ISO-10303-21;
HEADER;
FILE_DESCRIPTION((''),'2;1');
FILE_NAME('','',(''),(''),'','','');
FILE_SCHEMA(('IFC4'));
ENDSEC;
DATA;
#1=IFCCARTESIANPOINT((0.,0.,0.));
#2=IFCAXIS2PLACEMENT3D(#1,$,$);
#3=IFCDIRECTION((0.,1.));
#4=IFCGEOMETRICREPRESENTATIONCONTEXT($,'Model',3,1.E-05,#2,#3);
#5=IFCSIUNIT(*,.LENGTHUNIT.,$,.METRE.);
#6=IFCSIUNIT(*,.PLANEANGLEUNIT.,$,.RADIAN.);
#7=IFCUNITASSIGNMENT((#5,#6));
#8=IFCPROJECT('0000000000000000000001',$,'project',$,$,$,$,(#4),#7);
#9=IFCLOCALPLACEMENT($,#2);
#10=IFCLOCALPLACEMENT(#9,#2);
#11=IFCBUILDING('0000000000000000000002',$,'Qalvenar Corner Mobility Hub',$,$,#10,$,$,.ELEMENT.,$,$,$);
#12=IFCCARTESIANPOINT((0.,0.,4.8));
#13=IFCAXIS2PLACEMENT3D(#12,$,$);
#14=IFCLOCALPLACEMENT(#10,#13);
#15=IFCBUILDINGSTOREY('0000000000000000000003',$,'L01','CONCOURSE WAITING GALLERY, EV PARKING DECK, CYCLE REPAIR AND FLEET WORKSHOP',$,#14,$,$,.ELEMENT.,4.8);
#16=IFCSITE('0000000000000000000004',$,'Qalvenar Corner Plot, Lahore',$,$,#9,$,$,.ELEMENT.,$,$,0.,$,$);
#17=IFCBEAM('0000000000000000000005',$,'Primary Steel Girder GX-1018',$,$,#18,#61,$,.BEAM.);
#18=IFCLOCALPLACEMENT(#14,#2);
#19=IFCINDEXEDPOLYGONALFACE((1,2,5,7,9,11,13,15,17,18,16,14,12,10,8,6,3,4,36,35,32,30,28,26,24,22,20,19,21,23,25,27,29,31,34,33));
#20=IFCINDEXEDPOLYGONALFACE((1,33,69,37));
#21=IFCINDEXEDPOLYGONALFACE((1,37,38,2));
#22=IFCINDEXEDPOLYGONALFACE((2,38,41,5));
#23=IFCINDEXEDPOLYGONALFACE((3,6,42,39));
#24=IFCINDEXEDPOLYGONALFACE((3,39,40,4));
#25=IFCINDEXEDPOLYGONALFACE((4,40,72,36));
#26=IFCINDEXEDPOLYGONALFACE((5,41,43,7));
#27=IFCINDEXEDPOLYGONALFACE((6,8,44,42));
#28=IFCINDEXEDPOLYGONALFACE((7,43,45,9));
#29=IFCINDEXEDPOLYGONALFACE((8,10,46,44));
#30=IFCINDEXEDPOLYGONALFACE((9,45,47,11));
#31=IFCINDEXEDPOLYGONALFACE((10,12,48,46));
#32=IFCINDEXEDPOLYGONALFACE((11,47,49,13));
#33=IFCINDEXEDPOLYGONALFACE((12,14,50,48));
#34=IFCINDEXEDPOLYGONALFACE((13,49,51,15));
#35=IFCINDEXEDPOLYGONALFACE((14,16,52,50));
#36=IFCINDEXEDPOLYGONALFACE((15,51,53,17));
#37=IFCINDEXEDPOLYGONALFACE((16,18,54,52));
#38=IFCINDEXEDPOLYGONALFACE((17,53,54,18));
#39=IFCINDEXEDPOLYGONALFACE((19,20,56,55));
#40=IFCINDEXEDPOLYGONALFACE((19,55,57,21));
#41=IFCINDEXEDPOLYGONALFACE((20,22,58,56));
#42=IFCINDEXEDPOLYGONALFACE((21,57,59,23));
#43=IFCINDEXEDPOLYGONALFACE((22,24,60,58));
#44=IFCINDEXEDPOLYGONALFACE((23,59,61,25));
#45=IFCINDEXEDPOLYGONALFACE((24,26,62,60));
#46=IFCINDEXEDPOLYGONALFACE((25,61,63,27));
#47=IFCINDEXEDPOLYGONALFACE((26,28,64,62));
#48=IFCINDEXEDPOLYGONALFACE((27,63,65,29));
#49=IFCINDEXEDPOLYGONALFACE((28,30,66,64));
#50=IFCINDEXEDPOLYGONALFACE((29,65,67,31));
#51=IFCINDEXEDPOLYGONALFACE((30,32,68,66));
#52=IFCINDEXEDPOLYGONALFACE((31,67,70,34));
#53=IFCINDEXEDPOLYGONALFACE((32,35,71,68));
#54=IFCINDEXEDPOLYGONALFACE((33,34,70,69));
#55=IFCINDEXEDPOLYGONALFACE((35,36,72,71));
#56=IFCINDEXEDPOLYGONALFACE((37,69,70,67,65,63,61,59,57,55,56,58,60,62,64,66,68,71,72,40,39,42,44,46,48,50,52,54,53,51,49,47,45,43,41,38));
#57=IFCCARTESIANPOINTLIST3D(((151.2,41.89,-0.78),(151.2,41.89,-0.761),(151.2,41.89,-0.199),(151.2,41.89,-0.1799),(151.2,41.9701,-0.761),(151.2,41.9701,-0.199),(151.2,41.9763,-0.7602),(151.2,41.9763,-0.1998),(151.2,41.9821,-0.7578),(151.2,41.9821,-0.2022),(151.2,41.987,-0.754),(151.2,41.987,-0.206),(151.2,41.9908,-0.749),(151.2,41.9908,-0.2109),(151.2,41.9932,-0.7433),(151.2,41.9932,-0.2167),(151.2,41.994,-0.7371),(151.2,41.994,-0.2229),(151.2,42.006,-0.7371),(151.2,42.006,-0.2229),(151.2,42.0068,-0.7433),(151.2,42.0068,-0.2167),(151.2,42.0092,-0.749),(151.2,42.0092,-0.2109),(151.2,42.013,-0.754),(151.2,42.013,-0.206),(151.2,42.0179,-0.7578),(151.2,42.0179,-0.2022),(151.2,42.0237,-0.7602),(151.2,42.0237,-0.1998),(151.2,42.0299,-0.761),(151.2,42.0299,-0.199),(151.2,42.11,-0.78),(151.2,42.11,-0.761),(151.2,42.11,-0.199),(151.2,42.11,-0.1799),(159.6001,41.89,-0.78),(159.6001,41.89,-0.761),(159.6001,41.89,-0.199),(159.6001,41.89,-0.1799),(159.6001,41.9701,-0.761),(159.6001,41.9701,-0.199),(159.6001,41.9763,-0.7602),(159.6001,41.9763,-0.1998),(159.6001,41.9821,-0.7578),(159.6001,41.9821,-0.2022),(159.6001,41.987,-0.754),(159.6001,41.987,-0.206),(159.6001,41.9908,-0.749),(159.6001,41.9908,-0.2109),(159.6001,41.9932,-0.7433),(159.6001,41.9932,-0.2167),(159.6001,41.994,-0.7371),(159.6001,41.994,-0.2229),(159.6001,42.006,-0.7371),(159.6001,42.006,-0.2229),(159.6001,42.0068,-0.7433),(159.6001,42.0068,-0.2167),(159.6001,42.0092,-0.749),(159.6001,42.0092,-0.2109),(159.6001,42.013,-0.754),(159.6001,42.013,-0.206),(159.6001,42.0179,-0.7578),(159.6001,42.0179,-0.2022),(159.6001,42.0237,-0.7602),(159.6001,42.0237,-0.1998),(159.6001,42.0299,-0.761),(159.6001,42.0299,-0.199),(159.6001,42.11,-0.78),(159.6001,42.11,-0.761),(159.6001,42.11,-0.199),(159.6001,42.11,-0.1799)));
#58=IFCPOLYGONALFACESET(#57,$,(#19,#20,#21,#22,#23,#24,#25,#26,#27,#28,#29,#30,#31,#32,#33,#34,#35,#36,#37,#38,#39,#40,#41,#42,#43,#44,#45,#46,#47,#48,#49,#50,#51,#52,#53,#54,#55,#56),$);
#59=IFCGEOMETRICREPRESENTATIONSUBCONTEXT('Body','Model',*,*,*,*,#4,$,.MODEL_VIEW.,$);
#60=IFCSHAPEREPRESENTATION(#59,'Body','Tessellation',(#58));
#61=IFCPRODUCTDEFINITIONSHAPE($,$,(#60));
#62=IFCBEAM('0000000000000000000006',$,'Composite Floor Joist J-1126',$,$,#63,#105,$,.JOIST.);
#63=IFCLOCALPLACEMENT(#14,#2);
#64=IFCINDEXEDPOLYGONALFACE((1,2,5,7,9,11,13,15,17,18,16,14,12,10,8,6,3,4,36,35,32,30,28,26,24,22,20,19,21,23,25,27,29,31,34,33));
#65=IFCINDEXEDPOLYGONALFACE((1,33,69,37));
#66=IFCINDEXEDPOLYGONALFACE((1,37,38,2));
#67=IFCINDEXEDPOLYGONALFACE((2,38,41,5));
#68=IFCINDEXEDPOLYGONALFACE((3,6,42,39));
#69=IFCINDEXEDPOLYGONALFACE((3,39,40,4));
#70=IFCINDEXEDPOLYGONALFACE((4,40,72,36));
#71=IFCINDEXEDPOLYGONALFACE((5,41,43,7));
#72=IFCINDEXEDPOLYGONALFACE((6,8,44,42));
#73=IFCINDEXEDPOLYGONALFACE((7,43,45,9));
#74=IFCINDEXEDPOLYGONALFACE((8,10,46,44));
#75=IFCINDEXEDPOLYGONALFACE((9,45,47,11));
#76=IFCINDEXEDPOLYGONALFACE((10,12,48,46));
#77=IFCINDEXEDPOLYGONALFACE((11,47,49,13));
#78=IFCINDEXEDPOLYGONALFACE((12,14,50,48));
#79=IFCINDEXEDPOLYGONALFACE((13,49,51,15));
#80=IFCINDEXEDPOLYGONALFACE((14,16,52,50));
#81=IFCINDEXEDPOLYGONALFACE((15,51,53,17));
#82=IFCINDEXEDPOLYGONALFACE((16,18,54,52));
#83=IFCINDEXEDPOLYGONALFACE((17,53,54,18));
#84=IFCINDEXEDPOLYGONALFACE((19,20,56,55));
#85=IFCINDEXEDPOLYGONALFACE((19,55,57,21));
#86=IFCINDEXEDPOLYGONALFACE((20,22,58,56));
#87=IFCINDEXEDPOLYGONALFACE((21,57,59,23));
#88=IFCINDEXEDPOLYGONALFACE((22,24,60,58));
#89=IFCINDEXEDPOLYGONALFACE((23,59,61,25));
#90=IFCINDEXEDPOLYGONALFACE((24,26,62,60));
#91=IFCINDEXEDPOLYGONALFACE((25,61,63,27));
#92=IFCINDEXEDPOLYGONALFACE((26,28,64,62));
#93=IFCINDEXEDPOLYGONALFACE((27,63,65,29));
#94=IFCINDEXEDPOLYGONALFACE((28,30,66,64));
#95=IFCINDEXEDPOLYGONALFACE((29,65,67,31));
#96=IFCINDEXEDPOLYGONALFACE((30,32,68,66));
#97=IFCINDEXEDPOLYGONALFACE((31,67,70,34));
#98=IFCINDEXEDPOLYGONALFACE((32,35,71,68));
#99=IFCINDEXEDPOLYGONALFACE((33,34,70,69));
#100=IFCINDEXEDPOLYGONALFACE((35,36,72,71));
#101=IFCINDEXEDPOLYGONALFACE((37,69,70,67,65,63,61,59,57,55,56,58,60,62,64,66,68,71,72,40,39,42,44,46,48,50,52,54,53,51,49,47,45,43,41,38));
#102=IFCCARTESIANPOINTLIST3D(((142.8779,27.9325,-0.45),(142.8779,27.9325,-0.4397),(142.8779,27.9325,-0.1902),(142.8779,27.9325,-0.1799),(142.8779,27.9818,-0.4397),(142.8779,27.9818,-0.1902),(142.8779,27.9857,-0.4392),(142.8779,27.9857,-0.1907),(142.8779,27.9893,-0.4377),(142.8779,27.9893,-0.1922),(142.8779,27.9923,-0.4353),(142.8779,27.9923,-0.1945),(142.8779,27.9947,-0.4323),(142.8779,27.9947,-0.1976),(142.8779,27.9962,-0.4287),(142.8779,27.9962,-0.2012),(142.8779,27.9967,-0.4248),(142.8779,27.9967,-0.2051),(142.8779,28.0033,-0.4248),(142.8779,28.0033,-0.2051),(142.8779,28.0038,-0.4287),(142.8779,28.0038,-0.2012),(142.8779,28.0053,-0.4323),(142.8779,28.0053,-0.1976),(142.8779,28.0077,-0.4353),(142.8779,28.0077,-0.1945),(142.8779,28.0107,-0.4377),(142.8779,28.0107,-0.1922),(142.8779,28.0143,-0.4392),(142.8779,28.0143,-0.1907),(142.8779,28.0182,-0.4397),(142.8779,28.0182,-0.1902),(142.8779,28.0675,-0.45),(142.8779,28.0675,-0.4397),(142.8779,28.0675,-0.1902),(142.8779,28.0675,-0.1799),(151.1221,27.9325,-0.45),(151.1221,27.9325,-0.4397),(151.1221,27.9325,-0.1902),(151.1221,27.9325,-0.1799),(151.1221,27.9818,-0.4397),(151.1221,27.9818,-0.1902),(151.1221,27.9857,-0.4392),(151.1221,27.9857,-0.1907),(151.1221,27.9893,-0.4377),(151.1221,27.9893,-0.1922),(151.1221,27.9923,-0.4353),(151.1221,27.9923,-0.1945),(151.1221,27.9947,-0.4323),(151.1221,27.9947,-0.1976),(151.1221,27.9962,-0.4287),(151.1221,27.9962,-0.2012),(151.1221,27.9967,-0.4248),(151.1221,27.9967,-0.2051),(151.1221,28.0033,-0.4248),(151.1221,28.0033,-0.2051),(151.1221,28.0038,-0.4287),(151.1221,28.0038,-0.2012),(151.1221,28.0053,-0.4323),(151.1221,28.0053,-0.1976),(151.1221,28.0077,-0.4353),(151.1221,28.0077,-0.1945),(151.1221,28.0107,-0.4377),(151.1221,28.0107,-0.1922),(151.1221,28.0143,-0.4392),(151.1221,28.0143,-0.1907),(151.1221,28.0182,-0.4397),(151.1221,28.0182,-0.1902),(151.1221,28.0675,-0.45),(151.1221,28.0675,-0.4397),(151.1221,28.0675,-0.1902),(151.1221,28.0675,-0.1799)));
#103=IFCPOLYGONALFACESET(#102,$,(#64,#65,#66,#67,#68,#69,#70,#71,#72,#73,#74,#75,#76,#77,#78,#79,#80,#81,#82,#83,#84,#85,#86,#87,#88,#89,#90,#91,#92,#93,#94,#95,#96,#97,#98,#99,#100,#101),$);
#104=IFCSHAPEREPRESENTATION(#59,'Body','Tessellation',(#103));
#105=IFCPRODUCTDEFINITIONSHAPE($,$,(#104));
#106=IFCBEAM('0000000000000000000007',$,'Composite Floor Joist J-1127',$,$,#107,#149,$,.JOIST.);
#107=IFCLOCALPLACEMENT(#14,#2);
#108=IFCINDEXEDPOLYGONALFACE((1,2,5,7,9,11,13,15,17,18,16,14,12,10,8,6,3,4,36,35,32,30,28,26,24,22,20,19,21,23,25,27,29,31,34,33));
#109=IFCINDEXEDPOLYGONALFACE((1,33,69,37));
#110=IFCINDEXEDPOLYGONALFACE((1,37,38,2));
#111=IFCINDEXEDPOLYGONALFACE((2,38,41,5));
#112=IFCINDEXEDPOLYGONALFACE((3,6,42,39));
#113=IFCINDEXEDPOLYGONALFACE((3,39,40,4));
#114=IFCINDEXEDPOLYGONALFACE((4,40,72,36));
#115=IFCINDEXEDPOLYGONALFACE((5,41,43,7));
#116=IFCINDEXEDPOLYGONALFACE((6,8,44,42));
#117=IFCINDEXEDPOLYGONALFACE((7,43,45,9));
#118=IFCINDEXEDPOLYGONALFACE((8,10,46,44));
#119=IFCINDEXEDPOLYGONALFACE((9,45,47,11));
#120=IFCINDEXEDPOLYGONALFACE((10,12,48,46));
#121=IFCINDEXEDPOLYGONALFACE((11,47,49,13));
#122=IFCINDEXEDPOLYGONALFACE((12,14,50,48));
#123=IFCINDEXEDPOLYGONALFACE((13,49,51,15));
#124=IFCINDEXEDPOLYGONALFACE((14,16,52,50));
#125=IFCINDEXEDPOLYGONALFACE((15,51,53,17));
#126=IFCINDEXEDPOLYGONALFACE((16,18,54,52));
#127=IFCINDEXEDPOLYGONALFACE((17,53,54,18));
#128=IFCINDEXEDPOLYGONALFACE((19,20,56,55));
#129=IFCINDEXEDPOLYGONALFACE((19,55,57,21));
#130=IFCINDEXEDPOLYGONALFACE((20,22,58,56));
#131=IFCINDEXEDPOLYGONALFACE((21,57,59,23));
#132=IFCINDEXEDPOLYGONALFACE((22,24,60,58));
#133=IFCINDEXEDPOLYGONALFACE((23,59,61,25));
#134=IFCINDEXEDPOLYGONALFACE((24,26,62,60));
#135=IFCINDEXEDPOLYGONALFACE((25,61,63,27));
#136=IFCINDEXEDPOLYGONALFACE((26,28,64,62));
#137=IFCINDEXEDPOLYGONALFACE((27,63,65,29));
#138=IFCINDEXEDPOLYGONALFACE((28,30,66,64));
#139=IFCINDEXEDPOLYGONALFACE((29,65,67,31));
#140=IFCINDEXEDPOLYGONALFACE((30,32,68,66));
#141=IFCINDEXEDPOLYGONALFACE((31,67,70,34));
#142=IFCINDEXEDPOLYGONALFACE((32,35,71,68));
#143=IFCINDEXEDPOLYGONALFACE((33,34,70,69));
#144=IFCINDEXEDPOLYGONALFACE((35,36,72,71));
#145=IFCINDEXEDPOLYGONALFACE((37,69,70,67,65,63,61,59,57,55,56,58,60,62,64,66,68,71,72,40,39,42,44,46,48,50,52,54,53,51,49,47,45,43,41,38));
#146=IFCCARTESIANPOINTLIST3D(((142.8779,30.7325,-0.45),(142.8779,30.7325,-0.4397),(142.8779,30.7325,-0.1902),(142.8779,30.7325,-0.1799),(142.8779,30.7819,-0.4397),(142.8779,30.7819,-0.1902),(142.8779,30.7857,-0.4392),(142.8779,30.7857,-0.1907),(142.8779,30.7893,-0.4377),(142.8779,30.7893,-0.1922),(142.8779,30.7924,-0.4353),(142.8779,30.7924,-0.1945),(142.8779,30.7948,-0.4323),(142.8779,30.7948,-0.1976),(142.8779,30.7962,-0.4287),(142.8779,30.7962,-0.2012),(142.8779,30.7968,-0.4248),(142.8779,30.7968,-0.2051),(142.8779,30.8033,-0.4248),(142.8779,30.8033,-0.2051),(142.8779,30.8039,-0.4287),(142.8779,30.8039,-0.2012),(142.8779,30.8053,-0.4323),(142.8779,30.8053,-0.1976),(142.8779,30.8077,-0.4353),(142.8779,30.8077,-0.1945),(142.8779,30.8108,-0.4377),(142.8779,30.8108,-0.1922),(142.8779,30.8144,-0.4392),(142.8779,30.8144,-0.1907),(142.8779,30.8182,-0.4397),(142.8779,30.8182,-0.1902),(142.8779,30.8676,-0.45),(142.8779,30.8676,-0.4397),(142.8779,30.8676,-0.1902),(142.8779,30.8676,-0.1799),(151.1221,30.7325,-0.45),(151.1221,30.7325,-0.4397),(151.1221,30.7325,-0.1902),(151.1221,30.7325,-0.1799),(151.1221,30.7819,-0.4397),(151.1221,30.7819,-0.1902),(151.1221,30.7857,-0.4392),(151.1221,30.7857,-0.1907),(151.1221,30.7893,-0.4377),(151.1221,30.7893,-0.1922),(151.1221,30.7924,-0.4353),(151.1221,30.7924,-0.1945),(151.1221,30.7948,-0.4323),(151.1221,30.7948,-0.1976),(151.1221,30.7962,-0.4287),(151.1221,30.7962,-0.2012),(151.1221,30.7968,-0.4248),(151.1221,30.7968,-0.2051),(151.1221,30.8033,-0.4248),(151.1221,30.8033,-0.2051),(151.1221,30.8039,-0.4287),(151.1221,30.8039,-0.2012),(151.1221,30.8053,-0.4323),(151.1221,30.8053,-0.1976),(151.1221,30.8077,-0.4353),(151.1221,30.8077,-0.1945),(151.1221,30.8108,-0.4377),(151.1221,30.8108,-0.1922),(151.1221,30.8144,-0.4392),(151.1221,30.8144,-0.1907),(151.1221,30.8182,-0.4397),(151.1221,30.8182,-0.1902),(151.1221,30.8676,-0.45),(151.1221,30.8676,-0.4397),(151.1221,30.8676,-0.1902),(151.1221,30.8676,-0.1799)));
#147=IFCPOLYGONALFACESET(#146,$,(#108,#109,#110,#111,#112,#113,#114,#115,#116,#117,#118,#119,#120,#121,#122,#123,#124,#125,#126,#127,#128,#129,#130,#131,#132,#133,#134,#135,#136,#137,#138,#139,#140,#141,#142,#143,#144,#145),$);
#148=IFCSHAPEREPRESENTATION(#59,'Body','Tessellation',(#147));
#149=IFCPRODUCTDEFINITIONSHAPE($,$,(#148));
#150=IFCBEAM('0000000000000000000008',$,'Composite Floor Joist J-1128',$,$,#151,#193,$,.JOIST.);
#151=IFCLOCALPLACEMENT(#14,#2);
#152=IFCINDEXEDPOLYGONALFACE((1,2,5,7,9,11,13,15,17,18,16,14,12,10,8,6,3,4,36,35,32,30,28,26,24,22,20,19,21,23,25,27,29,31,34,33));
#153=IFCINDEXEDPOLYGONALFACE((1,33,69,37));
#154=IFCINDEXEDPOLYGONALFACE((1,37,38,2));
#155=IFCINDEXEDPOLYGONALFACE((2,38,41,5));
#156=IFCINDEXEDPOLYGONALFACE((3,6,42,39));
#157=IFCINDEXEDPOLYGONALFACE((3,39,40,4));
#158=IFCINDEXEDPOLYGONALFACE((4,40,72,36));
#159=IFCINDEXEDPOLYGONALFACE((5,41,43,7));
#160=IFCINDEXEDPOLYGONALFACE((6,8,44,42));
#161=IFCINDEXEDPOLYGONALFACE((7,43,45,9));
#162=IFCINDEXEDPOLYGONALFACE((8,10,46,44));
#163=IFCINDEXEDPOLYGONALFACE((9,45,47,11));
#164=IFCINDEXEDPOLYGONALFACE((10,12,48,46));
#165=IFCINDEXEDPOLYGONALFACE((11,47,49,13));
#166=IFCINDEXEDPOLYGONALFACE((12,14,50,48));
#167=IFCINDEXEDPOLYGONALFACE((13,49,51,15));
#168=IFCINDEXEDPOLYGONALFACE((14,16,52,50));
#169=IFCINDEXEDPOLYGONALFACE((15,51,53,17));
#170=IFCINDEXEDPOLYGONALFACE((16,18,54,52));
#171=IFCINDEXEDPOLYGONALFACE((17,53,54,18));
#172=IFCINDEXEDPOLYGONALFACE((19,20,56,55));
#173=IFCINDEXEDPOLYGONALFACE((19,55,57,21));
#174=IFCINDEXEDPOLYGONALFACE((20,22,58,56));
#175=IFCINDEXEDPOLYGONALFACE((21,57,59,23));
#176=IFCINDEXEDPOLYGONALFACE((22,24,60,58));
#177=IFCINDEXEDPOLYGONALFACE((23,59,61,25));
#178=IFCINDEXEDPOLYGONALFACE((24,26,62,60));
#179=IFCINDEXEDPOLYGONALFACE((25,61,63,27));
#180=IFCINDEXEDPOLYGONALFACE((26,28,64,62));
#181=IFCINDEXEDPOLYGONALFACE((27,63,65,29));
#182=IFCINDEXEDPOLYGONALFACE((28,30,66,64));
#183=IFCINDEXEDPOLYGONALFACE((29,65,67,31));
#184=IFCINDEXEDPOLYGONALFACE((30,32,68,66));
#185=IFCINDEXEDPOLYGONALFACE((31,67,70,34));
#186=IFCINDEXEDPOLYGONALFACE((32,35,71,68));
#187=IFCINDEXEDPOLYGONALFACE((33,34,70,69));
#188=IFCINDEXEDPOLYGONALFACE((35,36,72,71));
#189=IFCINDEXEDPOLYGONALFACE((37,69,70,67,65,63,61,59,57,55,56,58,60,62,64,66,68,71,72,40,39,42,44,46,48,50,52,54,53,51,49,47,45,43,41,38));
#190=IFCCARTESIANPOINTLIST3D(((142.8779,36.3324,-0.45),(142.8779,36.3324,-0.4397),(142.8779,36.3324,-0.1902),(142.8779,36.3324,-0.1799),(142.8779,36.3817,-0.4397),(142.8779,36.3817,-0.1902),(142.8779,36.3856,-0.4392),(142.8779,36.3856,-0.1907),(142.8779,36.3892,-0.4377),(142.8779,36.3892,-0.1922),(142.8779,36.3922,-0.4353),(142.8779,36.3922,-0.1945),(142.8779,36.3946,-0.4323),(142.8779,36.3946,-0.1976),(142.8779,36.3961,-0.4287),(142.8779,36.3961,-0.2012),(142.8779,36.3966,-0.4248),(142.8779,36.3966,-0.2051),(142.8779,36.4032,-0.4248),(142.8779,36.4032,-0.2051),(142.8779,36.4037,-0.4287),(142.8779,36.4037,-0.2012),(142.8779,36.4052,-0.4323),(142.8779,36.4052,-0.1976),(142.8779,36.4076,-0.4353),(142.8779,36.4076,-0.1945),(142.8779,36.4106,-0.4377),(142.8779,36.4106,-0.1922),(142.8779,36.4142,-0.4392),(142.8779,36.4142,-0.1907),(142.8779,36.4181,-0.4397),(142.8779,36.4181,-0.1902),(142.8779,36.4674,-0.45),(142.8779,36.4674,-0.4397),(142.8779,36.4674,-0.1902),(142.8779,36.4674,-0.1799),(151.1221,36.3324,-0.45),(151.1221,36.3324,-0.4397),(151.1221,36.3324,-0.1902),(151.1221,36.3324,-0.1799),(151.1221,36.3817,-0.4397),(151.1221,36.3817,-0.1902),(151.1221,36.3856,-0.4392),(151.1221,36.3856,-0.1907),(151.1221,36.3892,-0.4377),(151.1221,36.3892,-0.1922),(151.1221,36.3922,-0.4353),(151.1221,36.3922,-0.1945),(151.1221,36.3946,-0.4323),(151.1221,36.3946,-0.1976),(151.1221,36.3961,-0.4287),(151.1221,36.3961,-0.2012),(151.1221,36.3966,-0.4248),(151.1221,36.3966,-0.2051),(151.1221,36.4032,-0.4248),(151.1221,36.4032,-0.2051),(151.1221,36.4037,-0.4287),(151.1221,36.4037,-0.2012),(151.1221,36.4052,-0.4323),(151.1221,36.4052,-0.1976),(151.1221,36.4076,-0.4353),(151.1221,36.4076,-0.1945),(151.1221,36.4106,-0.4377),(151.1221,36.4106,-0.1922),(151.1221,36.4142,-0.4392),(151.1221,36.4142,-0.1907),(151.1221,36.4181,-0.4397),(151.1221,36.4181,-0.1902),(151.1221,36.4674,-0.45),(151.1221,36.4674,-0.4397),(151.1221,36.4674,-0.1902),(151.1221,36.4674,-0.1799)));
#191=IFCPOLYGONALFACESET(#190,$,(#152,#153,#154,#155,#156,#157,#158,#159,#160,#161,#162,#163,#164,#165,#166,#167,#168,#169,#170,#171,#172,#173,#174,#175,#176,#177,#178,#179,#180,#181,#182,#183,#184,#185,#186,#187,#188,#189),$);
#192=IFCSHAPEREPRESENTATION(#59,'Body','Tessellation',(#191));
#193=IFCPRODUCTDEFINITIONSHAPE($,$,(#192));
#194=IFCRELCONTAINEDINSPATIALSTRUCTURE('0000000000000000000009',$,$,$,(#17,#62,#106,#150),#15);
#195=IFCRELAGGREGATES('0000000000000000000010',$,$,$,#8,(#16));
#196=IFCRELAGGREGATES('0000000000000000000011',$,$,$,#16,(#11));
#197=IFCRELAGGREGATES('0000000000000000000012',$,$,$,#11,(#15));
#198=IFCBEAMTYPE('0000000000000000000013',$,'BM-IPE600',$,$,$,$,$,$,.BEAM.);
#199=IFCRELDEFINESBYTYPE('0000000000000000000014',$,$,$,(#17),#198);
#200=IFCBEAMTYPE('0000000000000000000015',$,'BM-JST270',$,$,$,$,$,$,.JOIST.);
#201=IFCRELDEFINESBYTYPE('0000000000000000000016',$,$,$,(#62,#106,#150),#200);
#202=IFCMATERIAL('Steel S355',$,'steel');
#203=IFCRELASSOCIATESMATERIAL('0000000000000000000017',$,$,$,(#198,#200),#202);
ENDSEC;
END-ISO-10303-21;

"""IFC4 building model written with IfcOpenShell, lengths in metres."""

from ifc_helpers import new_model, si_unit, direction, frame, origin, origin_2d, place, context, subcontext, project, spatial, i_section, extrude, material, material_profile, profile_set, type_object, element, save


model = new_model("IFC4")

# Units and contexts
model_context = context("Model", 3, precision=1e-05, world=origin(), true_north=direction((0.0, 1.0)))
body_context = subcontext(model_context, "Body", "Model", "MODEL_VIEW")
ifc_project = project(units=[si_unit("LENGTHUNIT", "METRE"), si_unit("PLANEANGLEUNIT", "RADIAN")], contexts=[model_context])

# Site, building, storey
site_placement = place(None, origin())
site = spatial("IfcSite", under=ifc_project, at=site_placement, Name="Qalvenar Corner Plot, Lahore", CompositionType="ELEMENT", RefElevation=0.0)
building_placement = place(site_placement, origin())
building = spatial("IfcBuilding", under=site, at=building_placement, Name="Qalvenar Corner Mobility Hub", CompositionType="ELEMENT")
storey_placement = place(building_placement, frame((0.0, 0.0, 4.8)))
storey = spatial("IfcBuildingStorey", under=building, at=storey_placement, Name="L01", Description="CONCOURSE WAITING GALLERY, EV PARKING DECK, CYCLE REPAIR AND FLEET WORKSHOP", CompositionType="ELEMENT", Elevation=4.8)

# Shared definitions
ifc_material_1 = material(Name="Steel S355", Category="steel")

# Beams
ifc_material_profile_1 = material_profile(ifc_material_1, i_section(OverallWidth=0.22, OverallDepth=0.6001, WebThickness=0.012, FlangeThickness=0.019, FilletRadius=0.0239, at=origin_2d()), Name="IPE600")
ifc_profile_set_1 = profile_set([ifc_material_profile_1], Name="Steel S355")
beam_type_1 = type_object("IfcBeamType", Name="BM-IPE600", PredefinedType="BEAM", material=ifc_profile_set_1)
beam_1_placement = place(storey_placement, frame((151.2, 42.0, -0.48), z_axis=(1.0, 0.0, 0.0), x_axis=(0.0, 1.0, 0.0)))
element("IfcBeam", 1, at=beam_1_placement, inside=storey, type_object=beam_type_1, Name="Primary Steel Girder GX-1018", PredefinedType="BEAM", context=body_context, shape_type="SweptSolid", body=[
    extrude(i_section(OverallWidth=0.22, OverallDepth=0.6001, WebThickness=0.012, FlangeThickness=0.019, FilletRadius=0.0239, at=origin_2d()), origin(), (0.0, 0.0, 1.0), 8.4001),
])
ifc_material_profile_2 = material_profile(ifc_material_1, i_section(OverallWidth=0.135, OverallDepth=0.27, WebThickness=0.0066, FlangeThickness=0.0103, FilletRadius=0.0149, at=origin_2d()), Name="IPE270")
ifc_profile_set_2 = profile_set([ifc_material_profile_2], Name="Steel S355")
beam_type_2 = type_object("IfcBeamType", Name="BM-JST270", PredefinedType="JOIST", material=ifc_profile_set_2)
for number, where, z_axis, x_axis, name in (
    (2, (142.8779, 28.0, -0.3149), (1.0, 0.0, 0.0), (0.0, 1.0, 0.0), "Composite Floor Joist J-1126"),
    (3, (142.8779, 30.8, -0.3149), (1.0, 0.0, 0.0), (0.0, 1.0, 0.0), "Composite Floor Joist J-1127"),
    (4, (142.8779, 36.3999, -0.3149), (1.0, 0.0, 0.0), (0.0, 1.0, 0.0), "Composite Floor Joist J-1128"),
):
    element("IfcBeam", number, at=place(storey_placement, frame(where, z_axis=z_axis, x_axis=x_axis)), inside=storey, type_object=beam_type_2, Name=name, PredefinedType="JOIST", context=body_context, shape_type="SweptSolid", body=[
        extrude(i_section(OverallWidth=0.135, OverallDepth=0.27, WebThickness=0.0066, FlangeThickness=0.0103, FilletRadius=0.0149, at=origin_2d()), origin(), (0.0, 0.0, 1.0), 8.2441),
    ])

save(model, "model.ifc")
